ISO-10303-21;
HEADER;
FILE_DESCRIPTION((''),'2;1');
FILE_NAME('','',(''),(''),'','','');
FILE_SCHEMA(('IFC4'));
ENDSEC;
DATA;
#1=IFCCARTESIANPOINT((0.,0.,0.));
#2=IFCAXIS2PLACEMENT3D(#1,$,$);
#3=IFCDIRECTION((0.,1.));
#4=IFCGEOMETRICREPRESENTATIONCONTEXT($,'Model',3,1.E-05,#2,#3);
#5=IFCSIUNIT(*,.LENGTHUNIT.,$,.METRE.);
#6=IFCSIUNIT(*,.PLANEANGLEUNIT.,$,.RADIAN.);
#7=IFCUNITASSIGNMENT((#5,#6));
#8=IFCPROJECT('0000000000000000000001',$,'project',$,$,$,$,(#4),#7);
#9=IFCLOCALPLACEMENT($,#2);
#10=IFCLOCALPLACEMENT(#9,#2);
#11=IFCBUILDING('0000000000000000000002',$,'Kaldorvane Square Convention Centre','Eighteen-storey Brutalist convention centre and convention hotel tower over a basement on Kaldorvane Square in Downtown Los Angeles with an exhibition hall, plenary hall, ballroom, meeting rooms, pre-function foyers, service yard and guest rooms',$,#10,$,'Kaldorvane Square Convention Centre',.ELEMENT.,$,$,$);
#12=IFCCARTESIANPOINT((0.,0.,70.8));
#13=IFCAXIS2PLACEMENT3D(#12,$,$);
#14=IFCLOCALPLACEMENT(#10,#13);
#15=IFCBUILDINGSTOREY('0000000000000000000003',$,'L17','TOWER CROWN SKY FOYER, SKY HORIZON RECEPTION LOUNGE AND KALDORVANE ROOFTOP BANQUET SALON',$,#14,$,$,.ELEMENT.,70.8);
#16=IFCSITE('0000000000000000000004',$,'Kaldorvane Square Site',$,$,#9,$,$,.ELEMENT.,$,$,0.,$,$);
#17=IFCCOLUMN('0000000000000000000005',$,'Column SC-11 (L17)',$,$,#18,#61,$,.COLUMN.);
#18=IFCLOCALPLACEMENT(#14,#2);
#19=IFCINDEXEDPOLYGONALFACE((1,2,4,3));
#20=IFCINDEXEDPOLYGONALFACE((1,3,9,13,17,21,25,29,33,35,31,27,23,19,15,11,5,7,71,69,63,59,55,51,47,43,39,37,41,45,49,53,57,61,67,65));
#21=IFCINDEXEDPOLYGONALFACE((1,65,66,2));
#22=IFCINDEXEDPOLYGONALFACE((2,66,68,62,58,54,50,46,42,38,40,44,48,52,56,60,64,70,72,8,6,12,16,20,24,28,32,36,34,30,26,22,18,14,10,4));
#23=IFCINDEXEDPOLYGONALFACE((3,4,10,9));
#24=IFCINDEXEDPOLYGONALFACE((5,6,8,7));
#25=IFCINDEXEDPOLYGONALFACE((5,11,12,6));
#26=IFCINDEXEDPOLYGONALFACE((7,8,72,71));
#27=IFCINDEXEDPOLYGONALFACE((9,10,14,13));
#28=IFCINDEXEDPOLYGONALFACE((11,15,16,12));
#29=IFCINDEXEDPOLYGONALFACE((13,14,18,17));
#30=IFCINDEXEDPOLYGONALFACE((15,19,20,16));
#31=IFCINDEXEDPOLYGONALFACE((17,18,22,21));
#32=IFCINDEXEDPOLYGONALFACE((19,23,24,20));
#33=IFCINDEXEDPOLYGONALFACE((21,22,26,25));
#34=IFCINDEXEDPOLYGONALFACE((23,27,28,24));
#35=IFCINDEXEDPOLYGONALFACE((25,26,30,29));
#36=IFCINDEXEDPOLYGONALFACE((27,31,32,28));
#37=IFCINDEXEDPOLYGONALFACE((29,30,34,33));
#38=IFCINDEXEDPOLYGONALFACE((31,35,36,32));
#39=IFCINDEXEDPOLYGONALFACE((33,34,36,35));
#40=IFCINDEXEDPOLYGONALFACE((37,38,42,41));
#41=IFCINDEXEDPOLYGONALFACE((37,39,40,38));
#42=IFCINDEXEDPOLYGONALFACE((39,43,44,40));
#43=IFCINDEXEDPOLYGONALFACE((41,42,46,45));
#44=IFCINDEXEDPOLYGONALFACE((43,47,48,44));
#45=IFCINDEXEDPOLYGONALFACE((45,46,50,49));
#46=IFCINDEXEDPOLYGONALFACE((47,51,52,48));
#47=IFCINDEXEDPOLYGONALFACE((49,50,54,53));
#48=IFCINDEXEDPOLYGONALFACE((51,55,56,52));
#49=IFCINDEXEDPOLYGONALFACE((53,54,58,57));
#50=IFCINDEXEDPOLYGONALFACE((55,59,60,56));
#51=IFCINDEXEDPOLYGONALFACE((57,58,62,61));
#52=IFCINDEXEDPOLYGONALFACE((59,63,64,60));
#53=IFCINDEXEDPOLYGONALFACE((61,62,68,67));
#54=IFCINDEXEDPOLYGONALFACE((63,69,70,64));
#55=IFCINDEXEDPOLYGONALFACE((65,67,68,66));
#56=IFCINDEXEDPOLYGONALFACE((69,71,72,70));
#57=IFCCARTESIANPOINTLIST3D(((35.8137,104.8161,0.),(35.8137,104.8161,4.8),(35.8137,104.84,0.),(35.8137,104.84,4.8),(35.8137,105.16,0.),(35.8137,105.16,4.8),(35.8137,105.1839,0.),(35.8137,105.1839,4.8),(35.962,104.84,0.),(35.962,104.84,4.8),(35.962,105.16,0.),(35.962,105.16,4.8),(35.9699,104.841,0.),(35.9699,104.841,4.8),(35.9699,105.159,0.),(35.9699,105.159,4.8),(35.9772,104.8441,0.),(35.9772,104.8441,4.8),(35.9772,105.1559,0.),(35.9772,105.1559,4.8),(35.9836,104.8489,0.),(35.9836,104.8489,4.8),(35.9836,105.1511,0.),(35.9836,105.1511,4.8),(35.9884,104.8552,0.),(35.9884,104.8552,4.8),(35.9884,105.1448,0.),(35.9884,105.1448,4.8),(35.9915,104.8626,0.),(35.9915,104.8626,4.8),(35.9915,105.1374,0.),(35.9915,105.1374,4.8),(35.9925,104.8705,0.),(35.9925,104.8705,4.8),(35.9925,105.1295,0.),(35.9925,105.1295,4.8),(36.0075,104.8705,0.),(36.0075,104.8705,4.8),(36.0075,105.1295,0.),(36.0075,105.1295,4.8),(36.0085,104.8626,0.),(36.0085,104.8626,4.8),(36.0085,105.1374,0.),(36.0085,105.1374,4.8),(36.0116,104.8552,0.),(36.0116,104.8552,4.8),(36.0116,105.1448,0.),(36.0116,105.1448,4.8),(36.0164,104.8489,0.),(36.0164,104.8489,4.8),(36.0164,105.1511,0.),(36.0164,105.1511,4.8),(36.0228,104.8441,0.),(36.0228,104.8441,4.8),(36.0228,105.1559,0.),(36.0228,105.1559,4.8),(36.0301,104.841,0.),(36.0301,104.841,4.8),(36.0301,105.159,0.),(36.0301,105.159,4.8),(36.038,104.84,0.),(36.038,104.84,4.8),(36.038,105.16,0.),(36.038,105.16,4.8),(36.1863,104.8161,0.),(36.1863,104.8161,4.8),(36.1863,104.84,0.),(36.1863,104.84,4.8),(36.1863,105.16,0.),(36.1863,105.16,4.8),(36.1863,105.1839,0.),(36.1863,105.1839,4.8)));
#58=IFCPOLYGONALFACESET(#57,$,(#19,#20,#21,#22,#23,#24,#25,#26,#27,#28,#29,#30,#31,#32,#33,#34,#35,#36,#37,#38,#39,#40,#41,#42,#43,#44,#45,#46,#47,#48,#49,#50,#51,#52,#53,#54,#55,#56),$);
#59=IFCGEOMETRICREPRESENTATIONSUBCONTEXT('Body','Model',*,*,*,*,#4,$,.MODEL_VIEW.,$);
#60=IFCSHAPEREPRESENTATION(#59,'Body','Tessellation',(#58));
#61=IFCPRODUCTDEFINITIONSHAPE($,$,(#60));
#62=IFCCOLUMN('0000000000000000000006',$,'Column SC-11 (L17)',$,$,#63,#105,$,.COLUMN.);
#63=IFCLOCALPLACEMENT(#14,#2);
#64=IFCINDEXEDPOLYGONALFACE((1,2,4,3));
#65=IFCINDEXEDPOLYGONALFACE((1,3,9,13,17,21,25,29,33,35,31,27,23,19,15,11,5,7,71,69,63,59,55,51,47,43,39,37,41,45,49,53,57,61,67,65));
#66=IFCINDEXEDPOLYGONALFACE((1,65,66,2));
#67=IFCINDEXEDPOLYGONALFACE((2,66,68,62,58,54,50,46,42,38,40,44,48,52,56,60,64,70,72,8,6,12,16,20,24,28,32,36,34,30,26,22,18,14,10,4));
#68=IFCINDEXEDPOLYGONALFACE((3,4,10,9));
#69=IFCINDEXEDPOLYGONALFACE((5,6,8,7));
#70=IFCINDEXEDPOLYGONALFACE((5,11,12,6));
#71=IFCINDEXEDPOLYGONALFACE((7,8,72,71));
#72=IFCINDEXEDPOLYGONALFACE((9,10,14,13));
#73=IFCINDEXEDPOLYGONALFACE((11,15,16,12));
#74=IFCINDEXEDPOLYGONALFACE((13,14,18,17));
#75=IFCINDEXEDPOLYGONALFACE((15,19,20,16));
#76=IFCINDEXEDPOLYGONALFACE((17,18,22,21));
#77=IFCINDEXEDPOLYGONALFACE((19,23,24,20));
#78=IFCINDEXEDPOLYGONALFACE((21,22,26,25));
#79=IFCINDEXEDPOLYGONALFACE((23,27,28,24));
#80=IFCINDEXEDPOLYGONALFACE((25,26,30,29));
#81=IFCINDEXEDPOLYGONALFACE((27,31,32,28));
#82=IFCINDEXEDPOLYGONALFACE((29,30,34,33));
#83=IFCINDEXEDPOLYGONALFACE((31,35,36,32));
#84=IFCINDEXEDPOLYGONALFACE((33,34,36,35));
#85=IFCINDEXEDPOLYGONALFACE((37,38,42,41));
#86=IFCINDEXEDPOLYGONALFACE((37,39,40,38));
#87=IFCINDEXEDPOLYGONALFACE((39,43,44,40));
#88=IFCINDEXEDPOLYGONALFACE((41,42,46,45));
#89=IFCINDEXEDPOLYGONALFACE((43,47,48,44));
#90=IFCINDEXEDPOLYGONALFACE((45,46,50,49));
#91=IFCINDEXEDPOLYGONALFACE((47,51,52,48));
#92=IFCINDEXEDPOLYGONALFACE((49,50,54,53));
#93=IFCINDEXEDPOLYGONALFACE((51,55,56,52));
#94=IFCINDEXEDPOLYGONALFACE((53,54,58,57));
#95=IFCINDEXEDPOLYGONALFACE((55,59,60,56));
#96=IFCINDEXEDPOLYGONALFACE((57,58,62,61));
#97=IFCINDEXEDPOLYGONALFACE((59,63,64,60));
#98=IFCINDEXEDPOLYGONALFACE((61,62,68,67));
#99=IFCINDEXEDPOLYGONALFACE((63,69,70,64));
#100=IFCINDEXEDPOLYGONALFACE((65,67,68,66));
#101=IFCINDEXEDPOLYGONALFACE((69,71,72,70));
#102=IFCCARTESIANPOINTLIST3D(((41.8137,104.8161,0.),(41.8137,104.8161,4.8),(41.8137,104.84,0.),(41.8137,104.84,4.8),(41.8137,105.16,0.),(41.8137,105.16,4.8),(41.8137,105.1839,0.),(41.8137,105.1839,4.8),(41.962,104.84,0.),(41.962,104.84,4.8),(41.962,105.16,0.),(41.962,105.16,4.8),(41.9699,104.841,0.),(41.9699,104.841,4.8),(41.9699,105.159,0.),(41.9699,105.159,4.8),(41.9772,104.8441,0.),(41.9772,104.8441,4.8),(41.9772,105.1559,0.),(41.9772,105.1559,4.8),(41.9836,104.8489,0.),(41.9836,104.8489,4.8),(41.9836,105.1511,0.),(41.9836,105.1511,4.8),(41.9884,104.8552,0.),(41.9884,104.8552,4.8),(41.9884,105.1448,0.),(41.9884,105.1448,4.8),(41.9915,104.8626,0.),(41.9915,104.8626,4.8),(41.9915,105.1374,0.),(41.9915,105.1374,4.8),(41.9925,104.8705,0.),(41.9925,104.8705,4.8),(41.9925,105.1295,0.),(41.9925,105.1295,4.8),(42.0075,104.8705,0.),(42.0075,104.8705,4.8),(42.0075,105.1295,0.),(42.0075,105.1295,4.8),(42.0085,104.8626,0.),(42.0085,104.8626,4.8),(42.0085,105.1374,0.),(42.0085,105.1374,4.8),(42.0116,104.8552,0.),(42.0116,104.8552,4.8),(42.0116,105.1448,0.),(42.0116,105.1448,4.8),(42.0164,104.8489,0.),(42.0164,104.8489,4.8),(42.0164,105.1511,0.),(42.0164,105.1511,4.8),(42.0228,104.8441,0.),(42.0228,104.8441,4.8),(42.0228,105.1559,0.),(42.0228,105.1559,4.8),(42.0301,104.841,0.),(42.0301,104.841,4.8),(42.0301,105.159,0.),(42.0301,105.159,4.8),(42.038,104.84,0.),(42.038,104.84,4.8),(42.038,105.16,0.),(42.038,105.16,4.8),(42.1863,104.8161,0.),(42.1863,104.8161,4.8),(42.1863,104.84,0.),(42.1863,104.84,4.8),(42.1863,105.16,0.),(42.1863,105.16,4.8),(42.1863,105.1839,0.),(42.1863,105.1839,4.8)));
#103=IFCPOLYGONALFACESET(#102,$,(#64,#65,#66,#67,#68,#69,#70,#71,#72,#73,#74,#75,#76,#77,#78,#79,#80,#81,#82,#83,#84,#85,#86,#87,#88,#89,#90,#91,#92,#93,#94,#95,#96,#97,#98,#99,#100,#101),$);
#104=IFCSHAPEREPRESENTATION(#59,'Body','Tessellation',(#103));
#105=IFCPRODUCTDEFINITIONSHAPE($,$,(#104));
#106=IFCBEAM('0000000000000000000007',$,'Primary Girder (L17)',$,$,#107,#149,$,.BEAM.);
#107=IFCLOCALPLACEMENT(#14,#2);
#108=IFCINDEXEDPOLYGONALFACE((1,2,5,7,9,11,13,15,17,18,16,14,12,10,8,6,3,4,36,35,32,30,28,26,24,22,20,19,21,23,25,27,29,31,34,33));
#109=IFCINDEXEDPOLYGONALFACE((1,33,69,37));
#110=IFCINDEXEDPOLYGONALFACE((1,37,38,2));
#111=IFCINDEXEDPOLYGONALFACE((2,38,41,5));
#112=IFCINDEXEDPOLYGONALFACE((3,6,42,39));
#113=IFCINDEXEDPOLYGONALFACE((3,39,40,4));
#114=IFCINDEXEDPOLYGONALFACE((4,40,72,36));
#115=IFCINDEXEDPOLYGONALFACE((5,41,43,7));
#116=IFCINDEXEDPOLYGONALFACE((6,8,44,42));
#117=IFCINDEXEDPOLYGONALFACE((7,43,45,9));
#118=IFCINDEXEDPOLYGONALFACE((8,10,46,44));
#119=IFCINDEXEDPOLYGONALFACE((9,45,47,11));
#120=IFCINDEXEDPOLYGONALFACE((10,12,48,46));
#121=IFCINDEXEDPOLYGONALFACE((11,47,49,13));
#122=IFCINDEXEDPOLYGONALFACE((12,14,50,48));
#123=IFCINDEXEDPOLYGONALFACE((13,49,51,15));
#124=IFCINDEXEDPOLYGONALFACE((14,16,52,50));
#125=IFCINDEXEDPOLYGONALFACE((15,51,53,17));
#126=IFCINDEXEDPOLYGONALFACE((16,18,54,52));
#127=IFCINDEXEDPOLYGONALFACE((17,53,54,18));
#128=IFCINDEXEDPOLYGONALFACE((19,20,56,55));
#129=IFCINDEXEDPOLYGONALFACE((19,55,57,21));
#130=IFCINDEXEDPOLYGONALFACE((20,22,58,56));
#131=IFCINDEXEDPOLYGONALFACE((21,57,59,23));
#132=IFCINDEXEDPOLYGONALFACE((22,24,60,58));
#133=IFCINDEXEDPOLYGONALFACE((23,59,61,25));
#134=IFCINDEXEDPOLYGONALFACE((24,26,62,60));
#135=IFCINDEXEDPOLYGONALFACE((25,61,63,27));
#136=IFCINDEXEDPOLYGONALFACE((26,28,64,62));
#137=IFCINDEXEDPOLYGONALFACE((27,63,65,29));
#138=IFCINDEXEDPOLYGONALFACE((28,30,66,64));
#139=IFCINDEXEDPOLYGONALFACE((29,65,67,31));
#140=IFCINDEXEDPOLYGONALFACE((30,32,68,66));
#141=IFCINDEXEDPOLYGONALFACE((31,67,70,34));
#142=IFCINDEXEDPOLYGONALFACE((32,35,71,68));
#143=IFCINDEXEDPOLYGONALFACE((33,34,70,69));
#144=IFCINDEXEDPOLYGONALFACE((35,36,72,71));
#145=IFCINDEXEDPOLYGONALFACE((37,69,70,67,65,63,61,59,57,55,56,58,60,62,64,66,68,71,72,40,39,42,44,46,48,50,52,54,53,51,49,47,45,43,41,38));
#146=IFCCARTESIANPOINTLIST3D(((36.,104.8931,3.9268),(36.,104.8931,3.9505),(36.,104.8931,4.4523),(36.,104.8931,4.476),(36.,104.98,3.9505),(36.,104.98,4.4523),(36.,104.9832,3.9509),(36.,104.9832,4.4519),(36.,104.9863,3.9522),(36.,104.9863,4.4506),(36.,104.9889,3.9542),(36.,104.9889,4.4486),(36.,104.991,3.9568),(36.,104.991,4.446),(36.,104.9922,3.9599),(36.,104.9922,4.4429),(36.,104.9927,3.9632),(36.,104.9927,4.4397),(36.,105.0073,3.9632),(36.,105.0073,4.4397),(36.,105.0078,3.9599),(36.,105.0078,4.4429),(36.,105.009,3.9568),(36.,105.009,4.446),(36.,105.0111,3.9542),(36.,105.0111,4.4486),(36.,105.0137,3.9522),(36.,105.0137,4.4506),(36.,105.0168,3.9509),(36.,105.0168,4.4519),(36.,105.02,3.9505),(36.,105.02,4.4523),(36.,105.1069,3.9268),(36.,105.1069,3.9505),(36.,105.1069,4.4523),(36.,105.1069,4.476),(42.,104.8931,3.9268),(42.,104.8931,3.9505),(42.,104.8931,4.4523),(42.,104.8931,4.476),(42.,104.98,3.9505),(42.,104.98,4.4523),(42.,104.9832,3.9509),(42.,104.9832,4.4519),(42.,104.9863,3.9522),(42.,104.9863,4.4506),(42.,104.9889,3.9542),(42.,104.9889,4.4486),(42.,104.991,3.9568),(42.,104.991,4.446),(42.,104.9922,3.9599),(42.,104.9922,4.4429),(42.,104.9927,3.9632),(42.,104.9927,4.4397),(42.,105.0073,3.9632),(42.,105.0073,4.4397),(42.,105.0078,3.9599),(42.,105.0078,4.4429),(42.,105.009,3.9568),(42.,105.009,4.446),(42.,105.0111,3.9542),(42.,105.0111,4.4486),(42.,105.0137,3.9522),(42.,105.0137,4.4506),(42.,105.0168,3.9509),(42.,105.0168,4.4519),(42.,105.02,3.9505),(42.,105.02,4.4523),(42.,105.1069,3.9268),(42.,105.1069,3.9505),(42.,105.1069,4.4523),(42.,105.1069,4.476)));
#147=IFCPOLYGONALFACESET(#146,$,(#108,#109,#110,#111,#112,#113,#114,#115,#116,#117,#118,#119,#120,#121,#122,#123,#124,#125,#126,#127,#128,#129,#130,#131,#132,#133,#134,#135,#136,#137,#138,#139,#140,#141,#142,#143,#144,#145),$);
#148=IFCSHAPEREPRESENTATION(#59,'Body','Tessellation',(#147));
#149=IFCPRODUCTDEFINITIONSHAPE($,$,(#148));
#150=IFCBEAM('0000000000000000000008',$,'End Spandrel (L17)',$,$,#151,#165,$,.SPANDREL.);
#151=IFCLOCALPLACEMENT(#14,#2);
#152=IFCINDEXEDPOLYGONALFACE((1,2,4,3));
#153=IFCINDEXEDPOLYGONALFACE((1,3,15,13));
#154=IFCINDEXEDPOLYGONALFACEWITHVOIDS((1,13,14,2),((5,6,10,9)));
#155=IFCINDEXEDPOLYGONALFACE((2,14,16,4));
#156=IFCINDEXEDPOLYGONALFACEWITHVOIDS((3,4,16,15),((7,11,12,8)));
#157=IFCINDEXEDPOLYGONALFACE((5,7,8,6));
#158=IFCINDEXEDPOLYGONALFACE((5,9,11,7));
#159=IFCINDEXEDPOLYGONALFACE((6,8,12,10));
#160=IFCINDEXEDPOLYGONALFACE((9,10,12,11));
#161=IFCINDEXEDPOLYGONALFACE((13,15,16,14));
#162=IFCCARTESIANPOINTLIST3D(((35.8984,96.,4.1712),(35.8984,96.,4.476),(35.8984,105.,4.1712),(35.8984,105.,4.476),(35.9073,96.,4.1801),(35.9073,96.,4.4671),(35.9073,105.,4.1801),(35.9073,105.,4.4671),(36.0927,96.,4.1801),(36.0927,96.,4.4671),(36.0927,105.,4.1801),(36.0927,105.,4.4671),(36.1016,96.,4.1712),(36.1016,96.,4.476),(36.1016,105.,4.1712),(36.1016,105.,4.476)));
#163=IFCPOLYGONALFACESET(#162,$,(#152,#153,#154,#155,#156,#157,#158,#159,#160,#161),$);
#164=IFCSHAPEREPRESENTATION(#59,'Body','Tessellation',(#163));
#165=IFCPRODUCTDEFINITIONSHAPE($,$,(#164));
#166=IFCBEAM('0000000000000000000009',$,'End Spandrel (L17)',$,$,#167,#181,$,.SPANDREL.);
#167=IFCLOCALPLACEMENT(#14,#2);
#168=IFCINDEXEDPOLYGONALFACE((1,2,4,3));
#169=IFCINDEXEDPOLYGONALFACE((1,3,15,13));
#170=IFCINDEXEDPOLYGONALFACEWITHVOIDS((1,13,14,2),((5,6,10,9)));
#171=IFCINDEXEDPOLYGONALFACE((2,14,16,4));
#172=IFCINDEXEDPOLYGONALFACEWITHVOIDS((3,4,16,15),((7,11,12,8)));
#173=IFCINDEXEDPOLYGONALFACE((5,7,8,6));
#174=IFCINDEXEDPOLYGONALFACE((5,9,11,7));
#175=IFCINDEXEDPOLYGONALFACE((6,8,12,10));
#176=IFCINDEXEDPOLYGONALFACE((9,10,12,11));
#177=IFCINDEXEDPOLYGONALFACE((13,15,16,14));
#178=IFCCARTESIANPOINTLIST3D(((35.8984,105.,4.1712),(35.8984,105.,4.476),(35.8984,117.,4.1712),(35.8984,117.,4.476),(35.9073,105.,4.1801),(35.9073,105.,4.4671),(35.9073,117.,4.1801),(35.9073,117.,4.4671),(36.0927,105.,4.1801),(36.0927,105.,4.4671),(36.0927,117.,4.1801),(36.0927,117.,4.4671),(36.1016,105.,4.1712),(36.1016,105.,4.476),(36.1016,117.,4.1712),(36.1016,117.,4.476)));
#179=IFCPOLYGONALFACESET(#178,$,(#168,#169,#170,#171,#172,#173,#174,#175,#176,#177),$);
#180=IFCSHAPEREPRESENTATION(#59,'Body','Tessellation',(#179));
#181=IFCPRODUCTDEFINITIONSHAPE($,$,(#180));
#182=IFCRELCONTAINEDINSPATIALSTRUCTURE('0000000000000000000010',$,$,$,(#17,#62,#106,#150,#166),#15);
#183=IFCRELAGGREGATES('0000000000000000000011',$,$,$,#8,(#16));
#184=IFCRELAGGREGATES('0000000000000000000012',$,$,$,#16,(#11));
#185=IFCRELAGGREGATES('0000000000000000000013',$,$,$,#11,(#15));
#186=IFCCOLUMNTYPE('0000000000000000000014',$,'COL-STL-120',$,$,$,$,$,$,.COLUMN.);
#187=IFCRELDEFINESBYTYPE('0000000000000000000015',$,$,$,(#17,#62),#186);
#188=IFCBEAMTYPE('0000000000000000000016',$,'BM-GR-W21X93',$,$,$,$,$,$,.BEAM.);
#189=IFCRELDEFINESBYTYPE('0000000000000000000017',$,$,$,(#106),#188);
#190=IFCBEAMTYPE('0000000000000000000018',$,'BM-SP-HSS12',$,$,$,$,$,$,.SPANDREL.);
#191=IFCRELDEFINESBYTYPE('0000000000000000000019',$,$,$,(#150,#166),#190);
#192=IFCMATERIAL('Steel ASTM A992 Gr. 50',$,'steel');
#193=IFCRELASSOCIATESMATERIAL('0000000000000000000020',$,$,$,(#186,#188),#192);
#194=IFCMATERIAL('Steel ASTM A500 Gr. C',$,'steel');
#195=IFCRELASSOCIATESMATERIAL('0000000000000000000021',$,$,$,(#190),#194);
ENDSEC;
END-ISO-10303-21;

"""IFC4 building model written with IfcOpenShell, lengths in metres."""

from ifc_helpers import new_model, si_unit, direction, frame, origin, origin_2d, place, context, subcontext, project, spatial, hollow_rectangle, i_section, extrude, material, material_profile, profile_set, type_object, element, save


model = new_model("IFC4")

# Units and contexts
model_context = context("Model", 3, precision=1e-05, world=origin(), true_north=direction((0.0, 1.0)))
body_context = subcontext(model_context, "Body", "Model", "MODEL_VIEW")
ifc_project = project(units=[si_unit("LENGTHUNIT", "METRE"), si_unit("PLANEANGLEUNIT", "RADIAN")], contexts=[model_context])

# Site, building, storey
site_placement = place(None, origin())
site = spatial("IfcSite", under=ifc_project, at=site_placement, Name="Kaldorvane Square Site", CompositionType="ELEMENT", RefElevation=0.0)
building_placement = place(site_placement, origin())
building = spatial("IfcBuilding", under=site, at=building_placement, Name="Kaldorvane Square Convention Centre", Description="Eighteen-storey Brutalist convention centre and convention hotel tower over a basement on Kaldorvane Square in Downtown Los Angeles with an exhibition hall, plenary hall, ballroom, meeting rooms, pre-function foyers, service yard and guest rooms", LongName="Kaldorvane Square Convention Centre", CompositionType="ELEMENT")
storey_placement = place(building_placement, frame((0.0, 0.0, 70.8)))
storey = spatial("IfcBuildingStorey", under=building, at=storey_placement, Name="L17", Description="TOWER CROWN SKY FOYER, SKY HORIZON RECEPTION LOUNGE AND KALDORVANE ROOFTOP BANQUET SALON", CompositionType="ELEMENT", Elevation=70.8)

# Columns
ifc_material_1 = material(Name="Steel ASTM A992 Gr. 50", Category="steel")
ifc_material_profile_1 = material_profile(ifc_material_1, i_section(OverallWidth=0.3726, OverallDepth=0.3678, WebThickness=0.015, FlangeThickness=0.0239, FilletRadius=0.0305, at=origin_2d()), Name="W14X120")
ifc_profile_set_1 = profile_set([ifc_material_profile_1], Name="Steel ASTM A992 Gr. 50")
column_type = type_object("IfcColumnType", Name="COL-STL-120", PredefinedType="COLUMN", material=ifc_profile_set_1)
for number, where, z_axis, x_axis, name in (
    (1, (36.0, 105.0, 0.0), (0.0, 0.0, 1.0), (1.0, 0.0, 0.0), "Column SC-11 (L17)"),
    (2, (42.0, 105.0, 0.0), (0.0, 0.0, 1.0), (1.0, 0.0, 0.0), "Column SC-11 (L17)"),
):
    element("IfcColumn", number, at=place(storey_placement, frame(where, z_axis=z_axis, x_axis=x_axis)), inside=storey, type_object=column_type, Name=name, PredefinedType="COLUMN", context=body_context, shape_type="SweptSolid", body=[
        extrude(i_section(OverallWidth=0.3726, OverallDepth=0.3678, WebThickness=0.015, FlangeThickness=0.0239, FilletRadius=0.0305, at=origin_2d()), origin(), (0.0, 0.0, 1.0), 4.8),
    ])

# Beams
ifc_material_profile_2 = material_profile(ifc_material_1, i_section(OverallWidth=0.2139, OverallDepth=0.5491, WebThickness=0.0147, FlangeThickness=0.0236, FilletRadius=0.0127, at=origin_2d()), Name="W21X93")
ifc_profile_set_2 = profile_set([ifc_material_profile_2], Name="Steel ASTM A992 Gr. 50")
beam_type_1 = type_object("IfcBeamType", Name="BM-GR-W21X93", PredefinedType="BEAM", material=ifc_profile_set_2)
beam_1_placement = place(storey_placement, frame((36.0, 105.0, 4.2014), z_axis=(1.0, 0.0, 0.0), x_axis=(0.0, 1.0, 0.0)))
element("IfcBeam", 3, at=beam_1_placement, inside=storey, type_object=beam_type_1, Name="Primary Girder (L17)", PredefinedType="BEAM", context=body_context, shape_type="SweptSolid", body=[
    extrude(i_section(OverallWidth=0.2139, OverallDepth=0.5491, WebThickness=0.0147, FlangeThickness=0.0236, FilletRadius=0.0127, at=origin_2d()), origin(), (0.0, 0.0, 1.0), 6.0),
])
ifc_material_2 = material(Name="Steel ASTM A500 Gr. C", Category="steel")
ifc_material_profile_3 = material_profile(ifc_material_2, hollow_rectangle(XDim=0.2032, YDim=0.3048, WallThickness=0.0089, at=origin_2d()), Name="HSS12X8X3/8")
ifc_profile_set_3 = profile_set([ifc_material_profile_3], Name="Steel ASTM A500 Gr. C")
beam_type_2 = type_object("IfcBeamType", Name="BM-SP-HSS12", PredefinedType="SPANDREL", material=ifc_profile_set_3)
beam_2_placement = place(storey_placement, frame((36.0, 96.0, 4.3236), z_axis=(0.0, 1.0, 0.0), x_axis=(-1.0, 0.0, 0.0)))
element("IfcBeam", 4, at=beam_2_placement, inside=storey, type_object=beam_type_2, Name="End Spandrel (L17)", PredefinedType="SPANDREL", context=body_context, shape_type="SweptSolid", body=[
    extrude(hollow_rectangle(XDim=0.2032, YDim=0.3048, WallThickness=0.0089, at=origin_2d()), origin(), (0.0, 0.0, 1.0), 9.0),
])
beam_3_placement = place(storey_placement, frame((36.0, 105.0, 4.3236), z_axis=(0.0, 1.0, 0.0), x_axis=(-1.0, 0.0, 0.0)))
element("IfcBeam", 5, at=beam_3_placement, inside=storey, type_object=beam_type_2, Name="End Spandrel (L17)", PredefinedType="SPANDREL", context=body_context, shape_type="SweptSolid", body=[
    extrude(hollow_rectangle(XDim=0.2032, YDim=0.3048, WallThickness=0.0089, at=origin_2d()), origin(), (0.0, 0.0, 1.0), 12.0),
])

save(model, "model.ifc")
